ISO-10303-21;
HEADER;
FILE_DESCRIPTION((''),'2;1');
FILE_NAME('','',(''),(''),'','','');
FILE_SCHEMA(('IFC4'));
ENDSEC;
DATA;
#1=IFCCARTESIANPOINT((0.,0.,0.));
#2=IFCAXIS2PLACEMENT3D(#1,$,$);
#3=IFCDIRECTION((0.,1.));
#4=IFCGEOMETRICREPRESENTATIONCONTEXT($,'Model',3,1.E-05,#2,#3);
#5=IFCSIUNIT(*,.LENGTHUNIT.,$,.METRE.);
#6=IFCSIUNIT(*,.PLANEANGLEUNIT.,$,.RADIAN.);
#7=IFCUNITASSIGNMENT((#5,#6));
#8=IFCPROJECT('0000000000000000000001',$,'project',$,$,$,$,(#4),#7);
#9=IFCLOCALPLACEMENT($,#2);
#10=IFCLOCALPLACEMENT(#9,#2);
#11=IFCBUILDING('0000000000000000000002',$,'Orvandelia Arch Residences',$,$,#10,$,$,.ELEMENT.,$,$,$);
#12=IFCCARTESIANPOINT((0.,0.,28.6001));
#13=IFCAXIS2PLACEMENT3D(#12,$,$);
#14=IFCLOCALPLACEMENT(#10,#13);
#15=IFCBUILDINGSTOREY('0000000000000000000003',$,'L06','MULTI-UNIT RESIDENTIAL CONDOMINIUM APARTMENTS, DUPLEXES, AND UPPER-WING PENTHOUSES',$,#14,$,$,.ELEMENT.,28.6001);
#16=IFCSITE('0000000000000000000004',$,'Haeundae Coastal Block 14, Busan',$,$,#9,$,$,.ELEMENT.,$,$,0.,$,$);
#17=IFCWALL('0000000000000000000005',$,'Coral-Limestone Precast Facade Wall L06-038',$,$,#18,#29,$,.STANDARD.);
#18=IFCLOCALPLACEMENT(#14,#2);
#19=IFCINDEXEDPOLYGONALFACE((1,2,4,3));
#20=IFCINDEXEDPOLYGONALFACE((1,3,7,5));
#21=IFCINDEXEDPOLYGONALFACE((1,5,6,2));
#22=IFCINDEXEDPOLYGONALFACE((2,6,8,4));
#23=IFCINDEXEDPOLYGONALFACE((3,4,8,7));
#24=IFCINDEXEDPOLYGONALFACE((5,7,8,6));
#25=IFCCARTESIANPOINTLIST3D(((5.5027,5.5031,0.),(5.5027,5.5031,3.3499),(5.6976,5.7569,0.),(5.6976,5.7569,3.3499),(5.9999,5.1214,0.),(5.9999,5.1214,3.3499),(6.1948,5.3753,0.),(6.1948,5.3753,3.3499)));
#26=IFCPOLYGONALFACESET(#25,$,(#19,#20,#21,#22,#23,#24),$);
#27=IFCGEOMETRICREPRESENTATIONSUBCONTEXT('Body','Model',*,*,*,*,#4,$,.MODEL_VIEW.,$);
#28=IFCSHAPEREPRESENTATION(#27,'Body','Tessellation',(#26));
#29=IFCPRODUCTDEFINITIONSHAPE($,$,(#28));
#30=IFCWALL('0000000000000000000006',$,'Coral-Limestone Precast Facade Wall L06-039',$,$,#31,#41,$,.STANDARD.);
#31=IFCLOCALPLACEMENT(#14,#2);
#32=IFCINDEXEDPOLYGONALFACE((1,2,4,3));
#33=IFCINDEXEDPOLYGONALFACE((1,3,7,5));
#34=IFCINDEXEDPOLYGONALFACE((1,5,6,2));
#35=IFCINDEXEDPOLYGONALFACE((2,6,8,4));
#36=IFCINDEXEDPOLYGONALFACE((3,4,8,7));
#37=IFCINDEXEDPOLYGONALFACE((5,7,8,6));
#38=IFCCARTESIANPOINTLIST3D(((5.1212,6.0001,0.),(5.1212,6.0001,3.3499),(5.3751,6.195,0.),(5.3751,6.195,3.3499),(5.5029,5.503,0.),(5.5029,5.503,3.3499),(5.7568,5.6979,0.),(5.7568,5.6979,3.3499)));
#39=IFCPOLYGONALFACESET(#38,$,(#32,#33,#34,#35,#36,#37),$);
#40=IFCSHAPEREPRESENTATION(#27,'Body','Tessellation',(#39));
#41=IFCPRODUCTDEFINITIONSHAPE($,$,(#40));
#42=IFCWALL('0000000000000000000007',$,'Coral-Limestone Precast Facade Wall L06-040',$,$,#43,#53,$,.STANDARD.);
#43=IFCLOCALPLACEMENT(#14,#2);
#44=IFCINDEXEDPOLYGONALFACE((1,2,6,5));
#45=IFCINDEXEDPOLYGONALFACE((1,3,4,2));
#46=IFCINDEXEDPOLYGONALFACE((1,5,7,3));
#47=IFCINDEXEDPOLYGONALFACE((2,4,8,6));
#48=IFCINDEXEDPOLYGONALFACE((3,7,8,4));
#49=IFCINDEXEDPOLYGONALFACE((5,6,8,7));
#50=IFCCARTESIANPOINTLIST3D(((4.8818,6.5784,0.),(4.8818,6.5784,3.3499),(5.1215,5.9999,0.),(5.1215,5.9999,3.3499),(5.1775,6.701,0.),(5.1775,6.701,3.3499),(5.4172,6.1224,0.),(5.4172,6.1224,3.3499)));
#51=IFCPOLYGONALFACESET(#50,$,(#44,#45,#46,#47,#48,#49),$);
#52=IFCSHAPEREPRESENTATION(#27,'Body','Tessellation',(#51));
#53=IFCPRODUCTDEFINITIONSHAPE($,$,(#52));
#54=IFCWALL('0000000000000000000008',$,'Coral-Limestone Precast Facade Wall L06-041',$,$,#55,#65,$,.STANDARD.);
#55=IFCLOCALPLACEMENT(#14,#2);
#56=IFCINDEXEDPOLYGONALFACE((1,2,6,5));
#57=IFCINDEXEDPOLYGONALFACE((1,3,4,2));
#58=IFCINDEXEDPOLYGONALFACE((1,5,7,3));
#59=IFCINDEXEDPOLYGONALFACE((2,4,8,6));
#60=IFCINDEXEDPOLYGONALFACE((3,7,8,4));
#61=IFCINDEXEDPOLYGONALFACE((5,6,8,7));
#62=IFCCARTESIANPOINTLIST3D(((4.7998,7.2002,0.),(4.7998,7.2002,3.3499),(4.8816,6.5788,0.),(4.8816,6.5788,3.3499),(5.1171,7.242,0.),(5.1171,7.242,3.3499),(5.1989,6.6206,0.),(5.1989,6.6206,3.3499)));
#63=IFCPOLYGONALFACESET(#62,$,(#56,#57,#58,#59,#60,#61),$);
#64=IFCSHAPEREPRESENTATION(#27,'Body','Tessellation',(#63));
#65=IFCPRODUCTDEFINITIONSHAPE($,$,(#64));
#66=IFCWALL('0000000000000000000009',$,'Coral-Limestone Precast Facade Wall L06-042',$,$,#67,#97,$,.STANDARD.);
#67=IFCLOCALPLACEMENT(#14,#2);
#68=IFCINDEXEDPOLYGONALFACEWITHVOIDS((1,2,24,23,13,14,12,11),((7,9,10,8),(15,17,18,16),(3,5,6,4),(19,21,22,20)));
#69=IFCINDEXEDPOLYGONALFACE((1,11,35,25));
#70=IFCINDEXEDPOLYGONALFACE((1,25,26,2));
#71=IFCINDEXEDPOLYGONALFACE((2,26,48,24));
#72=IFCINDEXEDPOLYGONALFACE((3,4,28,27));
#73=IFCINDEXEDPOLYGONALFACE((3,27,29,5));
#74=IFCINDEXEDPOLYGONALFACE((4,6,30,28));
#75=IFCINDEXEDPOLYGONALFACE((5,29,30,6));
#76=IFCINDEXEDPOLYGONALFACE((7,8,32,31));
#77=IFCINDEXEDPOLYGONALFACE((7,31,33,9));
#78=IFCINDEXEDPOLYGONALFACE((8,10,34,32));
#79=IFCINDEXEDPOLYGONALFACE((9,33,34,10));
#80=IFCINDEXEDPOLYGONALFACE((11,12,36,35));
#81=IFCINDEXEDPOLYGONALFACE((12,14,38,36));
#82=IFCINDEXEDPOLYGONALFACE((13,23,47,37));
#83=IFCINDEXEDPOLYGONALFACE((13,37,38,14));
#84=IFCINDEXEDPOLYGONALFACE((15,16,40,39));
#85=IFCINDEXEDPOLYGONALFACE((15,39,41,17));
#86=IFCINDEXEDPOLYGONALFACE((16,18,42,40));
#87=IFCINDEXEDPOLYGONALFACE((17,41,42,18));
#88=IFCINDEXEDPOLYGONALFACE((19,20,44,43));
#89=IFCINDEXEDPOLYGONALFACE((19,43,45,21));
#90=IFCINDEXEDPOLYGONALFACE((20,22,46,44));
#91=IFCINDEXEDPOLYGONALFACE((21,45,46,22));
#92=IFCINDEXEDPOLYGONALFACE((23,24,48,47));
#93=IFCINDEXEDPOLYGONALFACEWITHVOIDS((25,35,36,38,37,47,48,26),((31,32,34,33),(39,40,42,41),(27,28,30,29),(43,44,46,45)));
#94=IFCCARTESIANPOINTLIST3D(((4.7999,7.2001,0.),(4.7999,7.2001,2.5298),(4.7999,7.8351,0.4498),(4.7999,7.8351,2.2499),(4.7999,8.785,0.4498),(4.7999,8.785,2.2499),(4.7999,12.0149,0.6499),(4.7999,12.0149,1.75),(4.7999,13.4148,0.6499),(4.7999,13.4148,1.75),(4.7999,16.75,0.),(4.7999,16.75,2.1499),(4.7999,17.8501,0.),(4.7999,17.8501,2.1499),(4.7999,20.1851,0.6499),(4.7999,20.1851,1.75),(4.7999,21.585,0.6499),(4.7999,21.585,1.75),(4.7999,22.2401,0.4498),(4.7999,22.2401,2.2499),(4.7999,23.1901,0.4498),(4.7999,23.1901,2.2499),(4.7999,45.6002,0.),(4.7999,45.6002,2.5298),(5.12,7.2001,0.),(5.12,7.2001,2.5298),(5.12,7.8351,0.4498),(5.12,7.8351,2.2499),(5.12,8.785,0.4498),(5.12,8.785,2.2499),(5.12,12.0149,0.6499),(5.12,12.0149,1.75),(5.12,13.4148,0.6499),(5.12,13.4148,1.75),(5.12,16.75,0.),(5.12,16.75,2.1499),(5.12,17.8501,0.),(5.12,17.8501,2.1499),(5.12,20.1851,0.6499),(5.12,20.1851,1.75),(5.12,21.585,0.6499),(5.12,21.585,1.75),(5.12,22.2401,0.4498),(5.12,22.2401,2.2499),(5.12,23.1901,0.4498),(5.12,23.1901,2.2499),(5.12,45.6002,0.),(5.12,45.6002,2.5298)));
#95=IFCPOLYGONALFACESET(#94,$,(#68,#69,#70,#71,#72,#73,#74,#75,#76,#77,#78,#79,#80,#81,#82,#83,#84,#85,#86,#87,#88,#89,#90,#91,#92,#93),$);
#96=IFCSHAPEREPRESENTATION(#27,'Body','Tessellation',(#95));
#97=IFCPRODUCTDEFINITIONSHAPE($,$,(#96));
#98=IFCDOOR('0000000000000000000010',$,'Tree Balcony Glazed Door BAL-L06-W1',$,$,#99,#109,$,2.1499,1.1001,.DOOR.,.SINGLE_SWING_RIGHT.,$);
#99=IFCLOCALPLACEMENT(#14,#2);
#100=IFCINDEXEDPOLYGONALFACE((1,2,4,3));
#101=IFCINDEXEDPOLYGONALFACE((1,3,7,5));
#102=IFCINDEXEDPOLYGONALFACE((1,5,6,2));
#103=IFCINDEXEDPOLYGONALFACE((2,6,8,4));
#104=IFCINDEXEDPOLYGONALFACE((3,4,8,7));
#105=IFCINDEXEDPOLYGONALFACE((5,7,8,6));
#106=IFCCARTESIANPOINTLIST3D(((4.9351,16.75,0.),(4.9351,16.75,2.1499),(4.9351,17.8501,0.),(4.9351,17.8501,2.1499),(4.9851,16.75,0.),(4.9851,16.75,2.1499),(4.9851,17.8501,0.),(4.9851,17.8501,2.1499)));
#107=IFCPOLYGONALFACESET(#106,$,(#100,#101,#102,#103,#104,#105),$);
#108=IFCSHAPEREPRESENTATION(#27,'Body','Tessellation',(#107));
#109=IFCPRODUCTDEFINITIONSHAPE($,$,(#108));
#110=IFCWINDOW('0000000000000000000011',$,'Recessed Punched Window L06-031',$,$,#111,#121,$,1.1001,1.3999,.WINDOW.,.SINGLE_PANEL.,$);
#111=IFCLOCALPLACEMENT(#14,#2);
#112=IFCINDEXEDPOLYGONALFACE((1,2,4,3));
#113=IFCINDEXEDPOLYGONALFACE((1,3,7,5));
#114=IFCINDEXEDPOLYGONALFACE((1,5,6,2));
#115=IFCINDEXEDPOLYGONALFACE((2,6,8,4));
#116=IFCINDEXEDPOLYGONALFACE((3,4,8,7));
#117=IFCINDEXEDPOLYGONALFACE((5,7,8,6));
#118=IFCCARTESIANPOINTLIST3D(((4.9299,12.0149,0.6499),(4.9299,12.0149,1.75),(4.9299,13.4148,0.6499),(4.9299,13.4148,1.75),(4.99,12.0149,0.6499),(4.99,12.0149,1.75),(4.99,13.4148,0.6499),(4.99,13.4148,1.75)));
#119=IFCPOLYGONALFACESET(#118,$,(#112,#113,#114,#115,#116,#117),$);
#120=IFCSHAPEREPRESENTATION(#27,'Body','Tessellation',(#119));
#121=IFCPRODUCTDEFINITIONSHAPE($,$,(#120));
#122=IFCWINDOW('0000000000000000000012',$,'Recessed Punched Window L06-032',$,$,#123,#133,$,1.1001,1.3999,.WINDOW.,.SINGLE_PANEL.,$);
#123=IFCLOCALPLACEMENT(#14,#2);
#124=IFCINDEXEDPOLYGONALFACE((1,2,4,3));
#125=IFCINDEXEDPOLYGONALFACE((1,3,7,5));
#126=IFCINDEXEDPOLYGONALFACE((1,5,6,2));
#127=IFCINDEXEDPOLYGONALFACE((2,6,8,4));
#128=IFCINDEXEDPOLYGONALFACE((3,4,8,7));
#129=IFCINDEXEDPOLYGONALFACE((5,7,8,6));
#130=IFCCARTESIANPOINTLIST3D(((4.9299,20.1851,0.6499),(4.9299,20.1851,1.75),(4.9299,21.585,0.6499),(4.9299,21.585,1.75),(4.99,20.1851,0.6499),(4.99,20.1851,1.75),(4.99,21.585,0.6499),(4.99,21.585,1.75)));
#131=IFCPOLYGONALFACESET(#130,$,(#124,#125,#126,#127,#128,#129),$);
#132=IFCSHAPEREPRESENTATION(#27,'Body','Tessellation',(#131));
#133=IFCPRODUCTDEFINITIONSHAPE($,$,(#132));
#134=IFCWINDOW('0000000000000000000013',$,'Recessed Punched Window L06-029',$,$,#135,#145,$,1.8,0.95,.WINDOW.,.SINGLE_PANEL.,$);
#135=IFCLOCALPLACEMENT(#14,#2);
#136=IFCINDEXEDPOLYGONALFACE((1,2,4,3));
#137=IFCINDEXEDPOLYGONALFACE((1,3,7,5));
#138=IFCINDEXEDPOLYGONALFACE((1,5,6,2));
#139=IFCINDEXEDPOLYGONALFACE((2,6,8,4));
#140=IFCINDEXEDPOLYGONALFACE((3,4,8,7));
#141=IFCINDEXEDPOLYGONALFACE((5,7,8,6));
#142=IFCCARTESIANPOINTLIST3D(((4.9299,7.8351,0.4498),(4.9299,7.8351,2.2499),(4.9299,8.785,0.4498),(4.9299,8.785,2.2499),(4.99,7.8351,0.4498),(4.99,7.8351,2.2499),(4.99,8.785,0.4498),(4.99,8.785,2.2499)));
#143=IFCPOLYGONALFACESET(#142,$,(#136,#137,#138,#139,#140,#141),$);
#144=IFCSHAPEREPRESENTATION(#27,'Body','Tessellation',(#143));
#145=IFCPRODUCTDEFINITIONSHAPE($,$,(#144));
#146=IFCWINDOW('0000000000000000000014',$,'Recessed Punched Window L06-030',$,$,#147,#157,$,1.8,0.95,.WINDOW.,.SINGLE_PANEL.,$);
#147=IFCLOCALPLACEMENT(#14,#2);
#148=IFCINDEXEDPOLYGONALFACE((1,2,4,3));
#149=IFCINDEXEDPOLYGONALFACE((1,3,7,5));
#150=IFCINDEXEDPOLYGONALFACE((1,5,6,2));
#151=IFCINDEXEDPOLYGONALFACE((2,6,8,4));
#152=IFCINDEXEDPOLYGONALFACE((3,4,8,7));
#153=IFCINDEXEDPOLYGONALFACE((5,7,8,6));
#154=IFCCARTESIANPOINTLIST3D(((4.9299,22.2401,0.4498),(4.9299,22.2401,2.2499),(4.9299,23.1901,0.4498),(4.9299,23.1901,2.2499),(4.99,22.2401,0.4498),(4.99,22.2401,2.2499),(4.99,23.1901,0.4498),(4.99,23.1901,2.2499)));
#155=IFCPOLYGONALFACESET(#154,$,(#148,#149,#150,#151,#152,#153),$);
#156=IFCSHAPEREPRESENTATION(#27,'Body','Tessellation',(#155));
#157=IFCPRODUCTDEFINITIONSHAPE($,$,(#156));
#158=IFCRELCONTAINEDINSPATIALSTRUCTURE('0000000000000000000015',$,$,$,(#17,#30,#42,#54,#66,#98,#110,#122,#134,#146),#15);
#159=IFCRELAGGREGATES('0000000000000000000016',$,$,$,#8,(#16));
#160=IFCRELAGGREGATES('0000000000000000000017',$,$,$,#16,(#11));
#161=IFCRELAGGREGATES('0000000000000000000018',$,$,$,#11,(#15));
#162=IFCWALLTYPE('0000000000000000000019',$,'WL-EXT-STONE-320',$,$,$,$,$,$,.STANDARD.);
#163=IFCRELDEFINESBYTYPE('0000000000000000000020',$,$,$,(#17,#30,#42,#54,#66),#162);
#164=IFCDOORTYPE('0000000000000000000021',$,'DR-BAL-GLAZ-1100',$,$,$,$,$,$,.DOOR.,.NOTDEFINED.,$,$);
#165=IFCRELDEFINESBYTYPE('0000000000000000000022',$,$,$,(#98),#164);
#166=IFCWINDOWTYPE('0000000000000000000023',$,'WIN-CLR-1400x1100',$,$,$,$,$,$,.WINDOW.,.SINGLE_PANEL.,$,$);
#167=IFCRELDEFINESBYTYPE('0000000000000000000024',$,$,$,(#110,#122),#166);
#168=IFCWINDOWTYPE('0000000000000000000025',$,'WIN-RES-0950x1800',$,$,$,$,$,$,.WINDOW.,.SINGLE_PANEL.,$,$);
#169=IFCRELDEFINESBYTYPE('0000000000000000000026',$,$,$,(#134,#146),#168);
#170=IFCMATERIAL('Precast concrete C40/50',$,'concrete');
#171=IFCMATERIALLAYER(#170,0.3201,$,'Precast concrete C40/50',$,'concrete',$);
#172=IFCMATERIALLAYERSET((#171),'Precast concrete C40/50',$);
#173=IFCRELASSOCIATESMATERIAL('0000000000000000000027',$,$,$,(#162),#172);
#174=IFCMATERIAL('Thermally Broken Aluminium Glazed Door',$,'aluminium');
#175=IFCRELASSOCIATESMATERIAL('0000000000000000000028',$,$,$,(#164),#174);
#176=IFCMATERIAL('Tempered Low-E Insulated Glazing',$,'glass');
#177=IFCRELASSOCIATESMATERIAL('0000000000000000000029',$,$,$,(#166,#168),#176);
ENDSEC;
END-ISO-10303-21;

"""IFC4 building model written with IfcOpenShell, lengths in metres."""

from ifc_helpers import new_model, si_unit, direction, frame, frame_2d, origin, place, context, subcontext, project, spatial, rectangle, extrude, material, layer, layer_set, type_object, element, fill, save


model = new_model("IFC4")

# Units and contexts
model_context = context("Model", 3, precision=1e-05, world=origin(), true_north=direction((0.0, 1.0)))
body_context = subcontext(model_context, "Body", "Model", "MODEL_VIEW")
ifc_project = project(units=[si_unit("LENGTHUNIT", "METRE"), si_unit("PLANEANGLEUNIT", "RADIAN")], contexts=[model_context])

# Site, building, storey
site_placement = place(None, origin())
site = spatial("IfcSite", under=ifc_project, at=site_placement, Name="Haeundae Coastal Block 14, Busan", CompositionType="ELEMENT", RefElevation=0.0)
building_placement = place(site_placement, origin())
building = spatial("IfcBuilding", under=site, at=building_placement, Name="Orvandelia Arch Residences", CompositionType="ELEMENT")
storey_placement = place(building_placement, frame((0.0, 0.0, 28.6001)))
storey = spatial("IfcBuildingStorey", under=building, at=storey_placement, Name="L06", Description="MULTI-UNIT RESIDENTIAL CONDOMINIUM APARTMENTS, DUPLEXES, AND UPPER-WING PENTHOUSES", CompositionType="ELEMENT", Elevation=28.6001)

# Shared definitions
ifc_material_1 = material(Name="Precast concrete C40/50", Category="concrete")

# Walls
ifc_layer_1 = layer(ifc_material_1, 0.3201, Name="Precast concrete C40/50", Category="concrete")
ifc_layer_set_1 = layer_set([ifc_layer_1], Name="Precast concrete C40/50")
wall_type_1 = type_object("IfcWallType", Name="WL-EXT-STONE-320", PredefinedType="STANDARD", material=ifc_layer_set_1)
for number, where, z_axis, x_axis, name in (
    (1, (6.0974, 5.2483, 0.0), (0.0, 0.0, 1.0), (-0.793217, 0.608939, 0.0), "Coral-Limestone Precast Facade Wall L06-038"),
    (2, (5.6299, 5.6003, 0.0), (0.0, 0.0, 1.0), (-0.608939, 0.793217, 0.0), "Coral-Limestone Precast Facade Wall L06-039"),
):
    element("IfcWall", number, at=place(storey_placement, frame(where, z_axis=z_axis, x_axis=x_axis)), inside=storey, type_object=wall_type_1, Name=name, PredefinedType="STANDARD", context=body_context, shape_type="SweptSolid", body=[
        extrude(rectangle(XDim=0.6267, YDim=0.3201, at=frame_2d((0.3135, 0.0))), origin(), (0.0, 0.0, 1.0), 3.3499),
    ])
wall_1_placement = place(storey_placement, frame((5.2693, 6.0613, 0.0), z_axis=(0.0, 0.0, 1.0), x_axis=(-0.382788, 0.923836, 0.0)))
element("IfcWall", 3, at=wall_1_placement, inside=storey, type_object=wall_type_1, Name="Coral-Limestone Precast Facade Wall L06-040", PredefinedType="STANDARD", context=body_context, shape_type="SweptSolid", body=[
    extrude(rectangle(XDim=0.6262, YDim=0.3201, at=frame_2d((0.313, 0.0))), origin(), (0.0, 0.0, 1.0), 3.3499),
])
wall_2_placement = place(storey_placement, frame((5.0403, 6.5996, 0.0), z_axis=(0.0, 0.0, 1.0), x_axis=(-0.130505, 0.991448, 0.0)))
element("IfcWall", 4, at=wall_2_placement, inside=storey, type_object=wall_type_1, Name="Coral-Limestone Precast Facade Wall L06-041", PredefinedType="STANDARD", context=body_context, shape_type="SweptSolid", body=[
    extrude(rectangle(XDim=0.6267, YDim=0.3201, at=frame_2d((0.3135, 0.0))), origin(), (0.0, 0.0, 1.0), 3.3499),
])

# Wall, openings, door, windows
wall_3_placement = place(storey_placement, frame((4.96, 7.2, 0.0), z_axis=(0.0, 0.0, 1.0), x_axis=(0.0, 1.0, 0.0)))
wall_3 = element("IfcWall", 5, at=wall_3_placement, inside=storey, type_object=wall_type_1, Name="Coral-Limestone Precast Facade Wall L06-042", PredefinedType="STANDARD", context=body_context, shape_type="SweptSolid", body=[
    extrude(rectangle(XDim=38.4001, YDim=0.3201, at=frame_2d((19.2002, 0.0))), origin(), (0.0, 0.0, 1.0), 2.5298),
])
opening_1_placement = place(wall_3_placement, frame((9.55, 0.0, 0.0)))
opening_1 = element("IfcOpeningElement", 6, at=opening_1_placement, cuts=wall_3, PredefinedType="OPENING", context=body_context, shape_type="SweptSolid", body=[
    extrude(rectangle(XDim=1.1001, YDim=2.1499, at=frame_2d((0.55, 1.075))), frame((0.0, 0.1699, 0.0), z_axis=(0.0, -1.0, 0.0), x_axis=(1.0, 0.0, 0.0)), (0.0, 0.0, 1.0), 0.3401),
])
opening_2_placement = place(wall_3_placement, frame((0.635, 0.0, 0.45)))
opening_2 = element("IfcOpeningElement", 7, at=opening_2_placement, cuts=wall_3, PredefinedType="OPENING", context=body_context, shape_type="SweptSolid", body=[
    extrude(rectangle(XDim=0.95, YDim=1.8, at=frame_2d((0.4751, 0.8999))), frame((0.0, 0.1699, 0.0), z_axis=(0.0, -1.0, 0.0), x_axis=(1.0, 0.0, 0.0)), (0.0, 0.0, 1.0), 0.3401),
])
opening_3_placement = place(wall_3_placement, frame((15.04, 0.0, 0.45)))
opening_3 = element("IfcOpeningElement", 8, at=opening_3_placement, cuts=wall_3, PredefinedType="OPENING", context=body_context, shape_type="SweptSolid", body=[
    extrude(rectangle(XDim=0.95, YDim=1.8, at=frame_2d((0.4751, 0.8999))), frame((0.0, 0.1699, 0.0), z_axis=(0.0, -1.0, 0.0), x_axis=(1.0, 0.0, 0.0)), (0.0, 0.0, 1.0), 0.3401),
])
opening_4_placement = place(wall_3_placement, frame((4.8149, 0.0, 0.6499)))
opening_4 = element("IfcOpeningElement", 9, at=opening_4_placement, cuts=wall_3, PredefinedType="OPENING", context=body_context, shape_type="SweptSolid", body=[
    extrude(rectangle(XDim=1.3999, YDim=1.1001, at=frame_2d((0.7, 0.55))), frame((0.0, 0.1699, 0.0), z_axis=(0.0, -1.0, 0.0), x_axis=(1.0, 0.0, 0.0)), (0.0, 0.0, 1.0), 0.3401),
])
opening_5_placement = place(wall_3_placement, frame((12.9851, 0.0, 0.6499)))
opening_5 = element("IfcOpeningElement", 10, at=opening_5_placement, cuts=wall_3, PredefinedType="OPENING", context=body_context, shape_type="SweptSolid", body=[
    extrude(rectangle(XDim=1.3999, YDim=1.1001, at=frame_2d((0.7, 0.55))), frame((0.0, 0.1699, 0.0), z_axis=(0.0, -1.0, 0.0), x_axis=(1.0, 0.0, 0.0)), (0.0, 0.0, 1.0), 0.3401),
])
ifc_material_2 = material(Name="Thermally Broken Aluminium Glazed Door", Category="aluminium")
door_type_1 = type_object("IfcDoorType", Name="DR-BAL-GLAZ-1100", OperationType="NOTDEFINED", PredefinedType="DOOR", material=ifc_material_2)
door_1_placement = place(opening_1_placement, origin())
door_1 = element("IfcDoor", 11, at=door_1_placement, inside=storey, type_object=door_type_1, Name="Tree Balcony Glazed Door BAL-L06-W1", OperationType="SINGLE_SWING_RIGHT", OverallHeight=2.1499, OverallWidth=1.1001, PredefinedType="DOOR", context=body_context, shape_type="SweptSolid", body=[
    extrude(rectangle(XDim=1.1001, YDim=2.1499, at=frame_2d((0.55, 1.075))), frame((0.0, 0.0249, 0.0), z_axis=(0.0, -1.0, 0.0), x_axis=(1.0, 0.0, 0.0)), (0.0, 0.0, 1.0), 0.05),
])
fill(opening_1, door_1)
ifc_material_3 = material(Name="Tempered Low-E Insulated Glazing", Category="glass")
window_type_1 = type_object("IfcWindowType", Name="WIN-CLR-1400x1100", PartitioningType="SINGLE_PANEL", PredefinedType="WINDOW", material=ifc_material_3)
window_1_placement = place(opening_4_placement, origin())
window_1 = element("IfcWindow", 12, at=window_1_placement, inside=storey, type_object=window_type_1, Name="Recessed Punched Window L06-031", OverallHeight=1.1001, OverallWidth=1.3999, PartitioningType="SINGLE_PANEL", PredefinedType="WINDOW", context=body_context, shape_type="SweptSolid", body=[
    extrude(rectangle(XDim=1.3999, YDim=1.1001, at=frame_2d((0.7, 0.55))), frame((0.0, 0.03, 0.0), z_axis=(0.0, -1.0, 0.0), x_axis=(1.0, 0.0, 0.0)), (0.0, 0.0, 1.0), 0.0601),
])
fill(opening_4, window_1)
window_2_placement = place(opening_5_placement, origin())
window_2 = element("IfcWindow", 13, at=window_2_placement, inside=storey, type_object=window_type_1, Name="Recessed Punched Window L06-032", OverallHeight=1.1001, OverallWidth=1.3999, PartitioningType="SINGLE_PANEL", PredefinedType="WINDOW", context=body_context, shape_type="SweptSolid", body=[
    extrude(rectangle(XDim=1.3999, YDim=1.1001, at=frame_2d((0.7, 0.55))), frame((0.0, 0.03, 0.0), z_axis=(0.0, -1.0, 0.0), x_axis=(1.0, 0.0, 0.0)), (0.0, 0.0, 1.0), 0.0601),
])
fill(opening_5, window_2)
window_type_2 = type_object("IfcWindowType", Name="WIN-RES-0950x1800", PartitioningType="SINGLE_PANEL", PredefinedType="WINDOW", material=ifc_material_3)
window_3_placement = place(opening_2_placement, origin())
window_3 = element("IfcWindow", 14, at=window_3_placement, inside=storey, type_object=window_type_2, Name="Recessed Punched Window L06-029", OverallHeight=1.8, OverallWidth=0.95, PartitioningType="SINGLE_PANEL", PredefinedType="WINDOW", context=body_context, shape_type="SweptSolid", body=[
    extrude(rectangle(XDim=0.95, YDim=1.8, at=frame_2d((0.4751, 0.8999))), frame((0.0, 0.03, 0.0), z_axis=(0.0, -1.0, 0.0), x_axis=(1.0, 0.0, 0.0)), (0.0, 0.0, 1.0), 0.0601),
])
fill(opening_2, window_3)
window_4_placement = place(opening_3_placement, origin())
window_4 = element("IfcWindow", 15, at=window_4_placement, inside=storey, type_object=window_type_2, Name="Recessed Punched Window L06-030", OverallHeight=1.8, OverallWidth=0.95, PartitioningType="SINGLE_PANEL", PredefinedType="WINDOW", context=body_context, shape_type="SweptSolid", body=[
    extrude(rectangle(XDim=0.95, YDim=1.8, at=frame_2d((0.4751, 0.8999))), frame((0.0, 0.03, 0.0), z_axis=(0.0, -1.0, 0.0), x_axis=(1.0, 0.0, 0.0)), (0.0, 0.0, 1.0), 0.0601),
])
fill(opening_3, window_4)

save(model, "model.ifc")
